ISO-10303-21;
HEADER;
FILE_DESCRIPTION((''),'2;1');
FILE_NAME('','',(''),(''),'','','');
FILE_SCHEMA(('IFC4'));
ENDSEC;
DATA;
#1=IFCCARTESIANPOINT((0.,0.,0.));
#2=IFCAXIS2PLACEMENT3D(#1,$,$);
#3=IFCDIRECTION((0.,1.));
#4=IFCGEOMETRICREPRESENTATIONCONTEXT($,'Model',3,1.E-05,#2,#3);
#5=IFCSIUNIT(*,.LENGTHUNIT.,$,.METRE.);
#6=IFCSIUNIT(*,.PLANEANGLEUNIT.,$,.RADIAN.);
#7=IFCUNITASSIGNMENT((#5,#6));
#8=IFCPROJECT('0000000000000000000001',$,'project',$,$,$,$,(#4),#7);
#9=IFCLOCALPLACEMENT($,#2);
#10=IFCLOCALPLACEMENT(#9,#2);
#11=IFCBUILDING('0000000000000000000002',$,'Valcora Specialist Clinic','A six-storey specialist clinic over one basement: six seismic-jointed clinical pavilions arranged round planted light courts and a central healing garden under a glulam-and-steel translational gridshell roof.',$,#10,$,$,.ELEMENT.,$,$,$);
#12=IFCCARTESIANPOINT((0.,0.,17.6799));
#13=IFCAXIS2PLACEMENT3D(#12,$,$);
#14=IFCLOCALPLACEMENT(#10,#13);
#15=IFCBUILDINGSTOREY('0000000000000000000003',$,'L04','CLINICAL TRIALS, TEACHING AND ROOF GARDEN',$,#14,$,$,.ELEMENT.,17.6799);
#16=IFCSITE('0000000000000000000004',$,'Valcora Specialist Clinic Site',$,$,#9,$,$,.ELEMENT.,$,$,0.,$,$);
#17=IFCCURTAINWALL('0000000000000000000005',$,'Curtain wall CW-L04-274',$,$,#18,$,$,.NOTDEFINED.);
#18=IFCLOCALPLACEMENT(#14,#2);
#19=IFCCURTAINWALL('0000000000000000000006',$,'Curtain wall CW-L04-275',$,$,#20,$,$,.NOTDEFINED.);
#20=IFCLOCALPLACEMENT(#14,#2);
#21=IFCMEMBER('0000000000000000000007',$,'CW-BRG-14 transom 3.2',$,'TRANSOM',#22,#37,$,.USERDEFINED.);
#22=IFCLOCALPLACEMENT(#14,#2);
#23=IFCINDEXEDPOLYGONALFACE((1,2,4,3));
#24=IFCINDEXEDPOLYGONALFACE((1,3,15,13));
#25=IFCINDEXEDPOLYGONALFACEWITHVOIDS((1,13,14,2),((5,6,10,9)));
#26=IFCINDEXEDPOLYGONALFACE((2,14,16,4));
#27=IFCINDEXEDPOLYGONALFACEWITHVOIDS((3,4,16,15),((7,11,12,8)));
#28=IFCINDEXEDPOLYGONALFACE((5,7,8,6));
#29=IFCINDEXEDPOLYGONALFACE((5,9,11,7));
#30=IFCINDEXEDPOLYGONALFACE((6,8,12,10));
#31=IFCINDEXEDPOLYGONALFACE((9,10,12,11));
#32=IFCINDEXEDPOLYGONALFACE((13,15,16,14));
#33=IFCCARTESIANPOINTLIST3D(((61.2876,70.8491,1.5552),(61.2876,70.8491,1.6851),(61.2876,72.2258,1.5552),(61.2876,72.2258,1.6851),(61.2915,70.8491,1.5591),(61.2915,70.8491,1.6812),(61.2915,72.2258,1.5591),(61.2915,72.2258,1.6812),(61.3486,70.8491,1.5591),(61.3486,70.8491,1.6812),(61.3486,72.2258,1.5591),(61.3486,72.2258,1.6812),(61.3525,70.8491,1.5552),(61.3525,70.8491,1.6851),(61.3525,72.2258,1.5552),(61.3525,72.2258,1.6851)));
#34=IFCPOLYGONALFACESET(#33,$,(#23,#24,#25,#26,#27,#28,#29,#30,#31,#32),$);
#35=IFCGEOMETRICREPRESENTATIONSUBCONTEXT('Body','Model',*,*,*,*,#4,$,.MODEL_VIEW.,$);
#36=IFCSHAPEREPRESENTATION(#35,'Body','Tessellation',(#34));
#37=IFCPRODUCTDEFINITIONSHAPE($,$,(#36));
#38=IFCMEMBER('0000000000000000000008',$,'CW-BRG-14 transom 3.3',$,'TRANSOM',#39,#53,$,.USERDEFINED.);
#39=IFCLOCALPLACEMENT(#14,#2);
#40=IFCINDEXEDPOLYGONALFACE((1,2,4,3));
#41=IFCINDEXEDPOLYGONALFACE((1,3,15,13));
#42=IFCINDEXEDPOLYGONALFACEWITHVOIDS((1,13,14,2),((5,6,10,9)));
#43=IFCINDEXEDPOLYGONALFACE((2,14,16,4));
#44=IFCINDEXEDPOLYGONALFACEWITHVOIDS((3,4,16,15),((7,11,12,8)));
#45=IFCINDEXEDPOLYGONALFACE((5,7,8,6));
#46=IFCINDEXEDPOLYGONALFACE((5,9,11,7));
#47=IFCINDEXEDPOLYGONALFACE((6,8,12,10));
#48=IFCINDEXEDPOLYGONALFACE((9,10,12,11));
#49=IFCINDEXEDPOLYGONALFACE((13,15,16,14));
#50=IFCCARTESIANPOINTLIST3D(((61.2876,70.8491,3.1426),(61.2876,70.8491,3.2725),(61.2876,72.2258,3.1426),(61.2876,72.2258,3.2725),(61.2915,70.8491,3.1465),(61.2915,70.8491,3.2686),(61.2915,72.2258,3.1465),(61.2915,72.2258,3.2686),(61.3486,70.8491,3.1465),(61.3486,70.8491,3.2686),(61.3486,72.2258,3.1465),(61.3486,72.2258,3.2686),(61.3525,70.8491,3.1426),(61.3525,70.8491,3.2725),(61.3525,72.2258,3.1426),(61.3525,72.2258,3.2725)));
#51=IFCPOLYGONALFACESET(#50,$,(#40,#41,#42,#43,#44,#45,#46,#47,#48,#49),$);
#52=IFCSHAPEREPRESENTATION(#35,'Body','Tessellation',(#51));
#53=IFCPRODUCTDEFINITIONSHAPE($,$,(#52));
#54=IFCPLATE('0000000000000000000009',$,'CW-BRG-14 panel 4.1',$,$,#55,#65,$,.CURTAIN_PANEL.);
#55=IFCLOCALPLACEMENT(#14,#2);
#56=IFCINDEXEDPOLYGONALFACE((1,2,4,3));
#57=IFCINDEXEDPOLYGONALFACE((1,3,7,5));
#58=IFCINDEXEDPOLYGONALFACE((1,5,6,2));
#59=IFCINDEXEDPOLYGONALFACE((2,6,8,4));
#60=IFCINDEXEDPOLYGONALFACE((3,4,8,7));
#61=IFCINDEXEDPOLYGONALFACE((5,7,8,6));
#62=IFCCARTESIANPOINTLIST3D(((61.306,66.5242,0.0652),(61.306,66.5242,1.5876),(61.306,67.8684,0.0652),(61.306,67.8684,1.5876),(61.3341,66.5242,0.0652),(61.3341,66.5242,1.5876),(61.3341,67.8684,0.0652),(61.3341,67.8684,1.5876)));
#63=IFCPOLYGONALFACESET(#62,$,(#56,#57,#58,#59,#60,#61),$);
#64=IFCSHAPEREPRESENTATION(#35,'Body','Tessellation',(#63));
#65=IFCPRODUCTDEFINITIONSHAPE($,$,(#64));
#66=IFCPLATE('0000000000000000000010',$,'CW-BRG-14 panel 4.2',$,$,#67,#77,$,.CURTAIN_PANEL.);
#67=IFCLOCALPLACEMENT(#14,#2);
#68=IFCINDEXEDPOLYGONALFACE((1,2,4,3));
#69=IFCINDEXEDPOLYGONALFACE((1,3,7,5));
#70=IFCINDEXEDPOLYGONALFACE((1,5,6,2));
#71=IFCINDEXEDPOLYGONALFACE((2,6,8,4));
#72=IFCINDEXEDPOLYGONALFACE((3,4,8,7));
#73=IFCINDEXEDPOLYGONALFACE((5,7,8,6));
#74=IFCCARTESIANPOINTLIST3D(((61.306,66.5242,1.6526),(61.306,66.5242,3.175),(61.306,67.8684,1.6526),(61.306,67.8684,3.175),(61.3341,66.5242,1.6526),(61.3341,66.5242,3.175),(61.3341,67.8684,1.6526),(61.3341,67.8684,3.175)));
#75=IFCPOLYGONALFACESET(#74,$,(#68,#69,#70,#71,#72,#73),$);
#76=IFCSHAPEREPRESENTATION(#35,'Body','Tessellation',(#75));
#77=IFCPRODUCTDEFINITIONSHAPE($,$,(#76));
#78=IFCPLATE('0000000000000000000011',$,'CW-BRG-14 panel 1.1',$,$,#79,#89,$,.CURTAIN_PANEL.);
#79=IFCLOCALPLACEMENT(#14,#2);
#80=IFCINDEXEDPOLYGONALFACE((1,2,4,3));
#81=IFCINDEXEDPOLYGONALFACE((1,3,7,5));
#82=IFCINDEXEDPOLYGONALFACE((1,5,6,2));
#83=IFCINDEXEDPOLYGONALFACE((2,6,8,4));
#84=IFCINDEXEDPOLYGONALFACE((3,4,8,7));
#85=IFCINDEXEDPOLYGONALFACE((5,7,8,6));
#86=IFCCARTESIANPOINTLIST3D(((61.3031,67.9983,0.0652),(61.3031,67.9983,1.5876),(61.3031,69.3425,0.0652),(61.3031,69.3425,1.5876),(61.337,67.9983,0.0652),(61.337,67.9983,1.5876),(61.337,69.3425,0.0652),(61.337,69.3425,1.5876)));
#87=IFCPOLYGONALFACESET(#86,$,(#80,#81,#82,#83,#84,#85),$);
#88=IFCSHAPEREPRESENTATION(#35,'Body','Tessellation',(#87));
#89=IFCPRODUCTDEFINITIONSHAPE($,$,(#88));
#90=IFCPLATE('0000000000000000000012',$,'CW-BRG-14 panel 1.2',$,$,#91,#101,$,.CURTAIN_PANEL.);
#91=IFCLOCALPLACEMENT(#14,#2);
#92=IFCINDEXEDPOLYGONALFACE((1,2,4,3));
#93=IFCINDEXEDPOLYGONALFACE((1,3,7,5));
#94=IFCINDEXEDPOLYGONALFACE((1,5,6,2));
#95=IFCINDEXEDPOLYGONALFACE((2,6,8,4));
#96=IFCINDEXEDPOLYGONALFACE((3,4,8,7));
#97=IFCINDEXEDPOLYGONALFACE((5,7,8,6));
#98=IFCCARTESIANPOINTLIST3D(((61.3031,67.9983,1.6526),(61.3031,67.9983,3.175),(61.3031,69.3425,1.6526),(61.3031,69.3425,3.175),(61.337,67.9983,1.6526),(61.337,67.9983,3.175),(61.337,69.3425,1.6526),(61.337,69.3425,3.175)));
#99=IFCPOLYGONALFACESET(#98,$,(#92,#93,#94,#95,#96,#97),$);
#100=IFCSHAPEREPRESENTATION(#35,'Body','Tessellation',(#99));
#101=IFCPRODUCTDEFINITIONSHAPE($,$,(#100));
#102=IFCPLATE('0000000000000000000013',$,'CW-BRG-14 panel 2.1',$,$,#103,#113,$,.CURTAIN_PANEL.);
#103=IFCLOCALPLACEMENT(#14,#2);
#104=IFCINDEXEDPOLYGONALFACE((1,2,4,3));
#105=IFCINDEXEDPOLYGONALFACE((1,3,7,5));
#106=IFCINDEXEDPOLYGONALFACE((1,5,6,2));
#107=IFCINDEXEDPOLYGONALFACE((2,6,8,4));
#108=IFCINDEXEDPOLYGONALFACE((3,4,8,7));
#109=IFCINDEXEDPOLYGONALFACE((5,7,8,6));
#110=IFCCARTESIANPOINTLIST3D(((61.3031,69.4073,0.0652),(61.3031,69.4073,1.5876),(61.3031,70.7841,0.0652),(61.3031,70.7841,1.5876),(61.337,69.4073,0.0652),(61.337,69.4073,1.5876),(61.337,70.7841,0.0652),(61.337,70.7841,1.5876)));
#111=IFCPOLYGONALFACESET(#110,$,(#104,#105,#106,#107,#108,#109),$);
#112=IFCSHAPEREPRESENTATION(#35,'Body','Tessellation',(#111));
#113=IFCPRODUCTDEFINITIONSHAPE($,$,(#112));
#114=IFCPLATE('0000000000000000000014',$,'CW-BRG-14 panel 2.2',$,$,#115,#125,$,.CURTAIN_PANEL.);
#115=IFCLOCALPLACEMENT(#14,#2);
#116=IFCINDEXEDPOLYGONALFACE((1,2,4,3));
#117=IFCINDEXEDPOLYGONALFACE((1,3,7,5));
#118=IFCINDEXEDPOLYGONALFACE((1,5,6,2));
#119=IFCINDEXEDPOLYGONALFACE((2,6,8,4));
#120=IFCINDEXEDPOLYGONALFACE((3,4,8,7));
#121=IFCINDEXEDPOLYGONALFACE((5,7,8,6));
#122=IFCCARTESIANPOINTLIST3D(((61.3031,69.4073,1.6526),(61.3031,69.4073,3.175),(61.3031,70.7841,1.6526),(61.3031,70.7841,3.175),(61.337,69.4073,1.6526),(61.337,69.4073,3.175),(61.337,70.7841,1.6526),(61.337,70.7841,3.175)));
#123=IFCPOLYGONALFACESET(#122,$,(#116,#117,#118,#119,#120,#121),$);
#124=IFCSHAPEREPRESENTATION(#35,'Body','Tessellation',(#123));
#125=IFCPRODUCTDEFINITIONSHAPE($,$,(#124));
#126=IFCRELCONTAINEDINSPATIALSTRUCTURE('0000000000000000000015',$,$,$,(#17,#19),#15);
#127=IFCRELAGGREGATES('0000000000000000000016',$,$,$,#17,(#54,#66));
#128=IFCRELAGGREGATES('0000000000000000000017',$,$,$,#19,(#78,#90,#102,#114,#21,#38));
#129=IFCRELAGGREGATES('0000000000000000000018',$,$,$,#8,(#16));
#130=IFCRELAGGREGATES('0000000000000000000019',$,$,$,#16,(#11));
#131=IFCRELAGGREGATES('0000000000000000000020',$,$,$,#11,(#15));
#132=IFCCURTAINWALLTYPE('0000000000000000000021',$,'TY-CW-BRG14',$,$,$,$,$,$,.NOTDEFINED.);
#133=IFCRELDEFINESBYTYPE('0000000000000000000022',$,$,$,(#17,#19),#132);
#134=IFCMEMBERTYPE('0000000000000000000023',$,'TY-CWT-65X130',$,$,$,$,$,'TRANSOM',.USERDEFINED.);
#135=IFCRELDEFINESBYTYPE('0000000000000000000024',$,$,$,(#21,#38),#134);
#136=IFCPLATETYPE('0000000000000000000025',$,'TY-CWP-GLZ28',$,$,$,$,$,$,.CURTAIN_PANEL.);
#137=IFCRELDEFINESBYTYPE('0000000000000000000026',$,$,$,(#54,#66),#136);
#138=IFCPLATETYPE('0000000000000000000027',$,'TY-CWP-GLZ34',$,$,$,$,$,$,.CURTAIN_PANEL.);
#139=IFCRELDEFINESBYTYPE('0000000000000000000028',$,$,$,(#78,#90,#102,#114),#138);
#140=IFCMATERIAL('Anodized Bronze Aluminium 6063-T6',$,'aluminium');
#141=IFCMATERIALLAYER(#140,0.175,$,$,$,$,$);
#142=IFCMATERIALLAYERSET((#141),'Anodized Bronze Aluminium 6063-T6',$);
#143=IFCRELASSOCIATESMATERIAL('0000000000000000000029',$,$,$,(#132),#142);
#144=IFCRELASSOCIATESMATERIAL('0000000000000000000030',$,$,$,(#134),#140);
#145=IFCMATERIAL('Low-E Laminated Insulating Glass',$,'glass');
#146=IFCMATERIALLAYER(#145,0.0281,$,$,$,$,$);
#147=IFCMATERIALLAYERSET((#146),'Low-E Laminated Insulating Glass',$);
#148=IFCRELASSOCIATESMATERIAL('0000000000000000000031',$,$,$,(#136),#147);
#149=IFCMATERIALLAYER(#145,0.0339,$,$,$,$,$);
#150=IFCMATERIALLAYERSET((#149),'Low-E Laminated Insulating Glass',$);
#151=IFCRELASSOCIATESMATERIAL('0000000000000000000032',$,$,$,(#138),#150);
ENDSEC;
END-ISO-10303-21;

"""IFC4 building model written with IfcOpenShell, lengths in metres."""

from ifc_helpers import new_model, si_unit, direction, frame, origin, origin_2d, place, context, subcontext, project, spatial, rectangle, hollow_rectangle, extrude, material, layer, layer_set, material_profile, profile_set, type_object, element, aggregate, save


model = new_model("IFC4")

# Units and contexts
model_context = context("Model", 3, precision=1e-05, world=origin(), true_north=direction((0.0, 1.0)))
body_context = subcontext(model_context, "Body", "Model", "MODEL_VIEW")
ifc_project = project(units=[si_unit("LENGTHUNIT", "METRE"), si_unit("PLANEANGLEUNIT", "RADIAN")], contexts=[model_context])

# Site, building, storey
site_placement = place(None, origin())
site = spatial("IfcSite", under=ifc_project, at=site_placement, Name="Valcora Specialist Clinic Site", CompositionType="ELEMENT", RefElevation=0.0)
building_placement = place(site_placement, origin())
building = spatial("IfcBuilding", under=site, at=building_placement, Name="Valcora Specialist Clinic", Description="A six-storey specialist clinic over one basement: six seismic-jointed clinical pavilions arranged round planted light courts and a central healing garden under a glulam-and-steel translational gridshell roof.", CompositionType="ELEMENT")
storey_placement = place(building_placement, frame((0.0, 0.0, 17.6799)))
storey = spatial("IfcBuildingStorey", under=building, at=storey_placement, Name="L04", Description="CLINICAL TRIALS, TEACHING AND ROOF GARDEN", CompositionType="ELEMENT", Elevation=17.6799)

# Curtain wall
ifc_material_1 = material(Name="Anodized Bronze Aluminium 6063-T6", Category="aluminium")
ifc_layer_1 = layer(ifc_material_1, 0.175)
ifc_layer_set_1 = layer_set([ifc_layer_1], Name="Anodized Bronze Aluminium 6063-T6")
curtain_wall_type = type_object("IfcCurtainWallType", Name="TY-CW-BRG14", PredefinedType="NOTDEFINED", material=ifc_layer_set_1)
curtain_wall_1_placement = place(storey_placement, origin())
curtain_wall_1 = element("IfcCurtainWall", 1, at=curtain_wall_1_placement, inside=storey, type_object=curtain_wall_type, Name="Curtain wall CW-L04-274", PredefinedType="NOTDEFINED")

# Curtain wall, members
curtain_wall_2_placement = place(storey_placement, origin())
curtain_wall_2 = element("IfcCurtainWall", 2, at=curtain_wall_2_placement, inside=storey, type_object=curtain_wall_type, Name="Curtain wall CW-L04-275", PredefinedType="NOTDEFINED")
ifc_material_profile_1 = material_profile(ifc_material_1, hollow_rectangle(XDim=0.0649, YDim=0.1299, WallThickness=0.0039, at=origin_2d()), Name="AL-TRN-65X130")
ifc_profile_set_1 = profile_set([ifc_material_profile_1], Name="Anodized Bronze Aluminium 6063-T6")
member_type_1 = type_object("IfcMemberType", Name="TY-CWT-65X130", ElementType="TRANSOM", PredefinedType="USERDEFINED", material=ifc_profile_set_1)
member_1_placement = place(storey_placement, frame((61.3201, 70.8491, 1.6201), z_axis=(0.0, 1.0, 0.0), x_axis=(-1.0, 0.0, 0.0)))
member_1 = element("IfcMember", 3, at=member_1_placement, type_object=member_type_1, Name="CW-BRG-14 transom 3.2", ObjectType="TRANSOM", PredefinedType="USERDEFINED", context=body_context, shape_type="SweptSolid", body=[
    extrude(hollow_rectangle(XDim=0.0649, YDim=0.1299, WallThickness=0.0039, at=origin_2d()), origin(), (0.0, 0.0, 1.0), 1.3767),
])
member_2_placement = place(storey_placement, frame((61.3201, 70.8491, 3.2075), z_axis=(0.0, 1.0, 0.0), x_axis=(-1.0, 0.0, 0.0)))
member_2 = element("IfcMember", 4, at=member_2_placement, type_object=member_type_1, Name="CW-BRG-14 transom 3.3", ObjectType="TRANSOM", PredefinedType="USERDEFINED", context=body_context, shape_type="SweptSolid", body=[
    extrude(hollow_rectangle(XDim=0.0649, YDim=0.1299, WallThickness=0.0039, at=origin_2d()), origin(), (0.0, 0.0, 1.0), 1.3767),
])

# Plates
ifc_material_2 = material(Name="Low-E Laminated Insulating Glass", Category="glass")
ifc_layer_2 = layer(ifc_material_2, 0.0281)
ifc_layer_set_2 = layer_set([ifc_layer_2], Name="Low-E Laminated Insulating Glass")
plate_type_1 = type_object("IfcPlateType", Name="TY-CWP-GLZ28", PredefinedType="CURTAIN_PANEL", material=ifc_layer_set_2)
plate_1_placement = place(storey_placement, frame((61.3201, 67.1963, 0.0652), z_axis=(0.0, 0.0, 1.0), x_axis=(0.0, 1.0, 0.0)))
plate_1 = element("IfcPlate", 5, at=plate_1_placement, type_object=plate_type_1, Name="CW-BRG-14 panel 4.1", PredefinedType="CURTAIN_PANEL", context=body_context, shape_type="SweptSolid", body=[
    extrude(rectangle(XDim=1.3442, YDim=0.0281, at=origin_2d()), origin(), (0.0, 0.0, 1.0), 1.5225),
])
plate_2_placement = place(storey_placement, frame((61.3201, 67.1963, 1.6526), z_axis=(0.0, 0.0, 1.0), x_axis=(0.0, 1.0, 0.0)))
plate_2 = element("IfcPlate", 6, at=plate_2_placement, type_object=plate_type_1, Name="CW-BRG-14 panel 4.2", PredefinedType="CURTAIN_PANEL", context=body_context, shape_type="SweptSolid", body=[
    extrude(rectangle(XDim=1.3442, YDim=0.0281, at=origin_2d()), origin(), (0.0, 0.0, 1.0), 1.5225),
])
aggregate(curtain_wall_1, [plate_1, plate_2])
ifc_layer_3 = layer(ifc_material_2, 0.0339)
ifc_layer_set_3 = layer_set([ifc_layer_3], Name="Low-E Laminated Insulating Glass")
plate_type_2 = type_object("IfcPlateType", Name="TY-CWP-GLZ34", PredefinedType="CURTAIN_PANEL", material=ifc_layer_set_3)
plate_3_placement = place(storey_placement, frame((61.3201, 68.6704, 0.0652), z_axis=(0.0, 0.0, 1.0), x_axis=(0.0, 1.0, 0.0)))
plate_3 = element("IfcPlate", 7, at=plate_3_placement, type_object=plate_type_2, Name="CW-BRG-14 panel 1.1", PredefinedType="CURTAIN_PANEL", context=body_context, shape_type="SweptSolid", body=[
    extrude(rectangle(XDim=1.3442, YDim=0.0339, at=origin_2d()), origin(), (0.0, 0.0, 1.0), 1.5225),
])
plate_4_placement = place(storey_placement, frame((61.3201, 68.6704, 1.6526), z_axis=(0.0, 0.0, 1.0), x_axis=(0.0, 1.0, 0.0)))
plate_4 = element("IfcPlate", 8, at=plate_4_placement, type_object=plate_type_2, Name="CW-BRG-14 panel 1.2", PredefinedType="CURTAIN_PANEL", context=body_context, shape_type="SweptSolid", body=[
    extrude(rectangle(XDim=1.3442, YDim=0.0339, at=origin_2d()), origin(), (0.0, 0.0, 1.0), 1.5225),
])
plate_5_placement = place(storey_placement, frame((61.3201, 70.0957, 0.0652), z_axis=(0.0, 0.0, 1.0), x_axis=(0.0, 1.0, 0.0)))
plate_5 = element("IfcPlate", 9, at=plate_5_placement, type_object=plate_type_2, Name="CW-BRG-14 panel 2.1", PredefinedType="CURTAIN_PANEL", context=body_context, shape_type="SweptSolid", body=[
    extrude(rectangle(XDim=1.3767, YDim=0.0339, at=origin_2d()), origin(), (0.0, 0.0, 1.0), 1.5225),
])
plate_6_placement = place(storey_placement, frame((61.3201, 70.0957, 1.6526), z_axis=(0.0, 0.0, 1.0), x_axis=(0.0, 1.0, 0.0)))
plate_6 = element("IfcPlate", 10, at=plate_6_placement, type_object=plate_type_2, Name="CW-BRG-14 panel 2.2", PredefinedType="CURTAIN_PANEL", context=body_context, shape_type="SweptSolid", body=[
    extrude(rectangle(XDim=1.3767, YDim=0.0339, at=origin_2d()), origin(), (0.0, 0.0, 1.0), 1.5225),
])
aggregate(curtain_wall_2, [plate_3, plate_4, plate_5, plate_6, member_1, member_2])

save(model, "model.ifc")
